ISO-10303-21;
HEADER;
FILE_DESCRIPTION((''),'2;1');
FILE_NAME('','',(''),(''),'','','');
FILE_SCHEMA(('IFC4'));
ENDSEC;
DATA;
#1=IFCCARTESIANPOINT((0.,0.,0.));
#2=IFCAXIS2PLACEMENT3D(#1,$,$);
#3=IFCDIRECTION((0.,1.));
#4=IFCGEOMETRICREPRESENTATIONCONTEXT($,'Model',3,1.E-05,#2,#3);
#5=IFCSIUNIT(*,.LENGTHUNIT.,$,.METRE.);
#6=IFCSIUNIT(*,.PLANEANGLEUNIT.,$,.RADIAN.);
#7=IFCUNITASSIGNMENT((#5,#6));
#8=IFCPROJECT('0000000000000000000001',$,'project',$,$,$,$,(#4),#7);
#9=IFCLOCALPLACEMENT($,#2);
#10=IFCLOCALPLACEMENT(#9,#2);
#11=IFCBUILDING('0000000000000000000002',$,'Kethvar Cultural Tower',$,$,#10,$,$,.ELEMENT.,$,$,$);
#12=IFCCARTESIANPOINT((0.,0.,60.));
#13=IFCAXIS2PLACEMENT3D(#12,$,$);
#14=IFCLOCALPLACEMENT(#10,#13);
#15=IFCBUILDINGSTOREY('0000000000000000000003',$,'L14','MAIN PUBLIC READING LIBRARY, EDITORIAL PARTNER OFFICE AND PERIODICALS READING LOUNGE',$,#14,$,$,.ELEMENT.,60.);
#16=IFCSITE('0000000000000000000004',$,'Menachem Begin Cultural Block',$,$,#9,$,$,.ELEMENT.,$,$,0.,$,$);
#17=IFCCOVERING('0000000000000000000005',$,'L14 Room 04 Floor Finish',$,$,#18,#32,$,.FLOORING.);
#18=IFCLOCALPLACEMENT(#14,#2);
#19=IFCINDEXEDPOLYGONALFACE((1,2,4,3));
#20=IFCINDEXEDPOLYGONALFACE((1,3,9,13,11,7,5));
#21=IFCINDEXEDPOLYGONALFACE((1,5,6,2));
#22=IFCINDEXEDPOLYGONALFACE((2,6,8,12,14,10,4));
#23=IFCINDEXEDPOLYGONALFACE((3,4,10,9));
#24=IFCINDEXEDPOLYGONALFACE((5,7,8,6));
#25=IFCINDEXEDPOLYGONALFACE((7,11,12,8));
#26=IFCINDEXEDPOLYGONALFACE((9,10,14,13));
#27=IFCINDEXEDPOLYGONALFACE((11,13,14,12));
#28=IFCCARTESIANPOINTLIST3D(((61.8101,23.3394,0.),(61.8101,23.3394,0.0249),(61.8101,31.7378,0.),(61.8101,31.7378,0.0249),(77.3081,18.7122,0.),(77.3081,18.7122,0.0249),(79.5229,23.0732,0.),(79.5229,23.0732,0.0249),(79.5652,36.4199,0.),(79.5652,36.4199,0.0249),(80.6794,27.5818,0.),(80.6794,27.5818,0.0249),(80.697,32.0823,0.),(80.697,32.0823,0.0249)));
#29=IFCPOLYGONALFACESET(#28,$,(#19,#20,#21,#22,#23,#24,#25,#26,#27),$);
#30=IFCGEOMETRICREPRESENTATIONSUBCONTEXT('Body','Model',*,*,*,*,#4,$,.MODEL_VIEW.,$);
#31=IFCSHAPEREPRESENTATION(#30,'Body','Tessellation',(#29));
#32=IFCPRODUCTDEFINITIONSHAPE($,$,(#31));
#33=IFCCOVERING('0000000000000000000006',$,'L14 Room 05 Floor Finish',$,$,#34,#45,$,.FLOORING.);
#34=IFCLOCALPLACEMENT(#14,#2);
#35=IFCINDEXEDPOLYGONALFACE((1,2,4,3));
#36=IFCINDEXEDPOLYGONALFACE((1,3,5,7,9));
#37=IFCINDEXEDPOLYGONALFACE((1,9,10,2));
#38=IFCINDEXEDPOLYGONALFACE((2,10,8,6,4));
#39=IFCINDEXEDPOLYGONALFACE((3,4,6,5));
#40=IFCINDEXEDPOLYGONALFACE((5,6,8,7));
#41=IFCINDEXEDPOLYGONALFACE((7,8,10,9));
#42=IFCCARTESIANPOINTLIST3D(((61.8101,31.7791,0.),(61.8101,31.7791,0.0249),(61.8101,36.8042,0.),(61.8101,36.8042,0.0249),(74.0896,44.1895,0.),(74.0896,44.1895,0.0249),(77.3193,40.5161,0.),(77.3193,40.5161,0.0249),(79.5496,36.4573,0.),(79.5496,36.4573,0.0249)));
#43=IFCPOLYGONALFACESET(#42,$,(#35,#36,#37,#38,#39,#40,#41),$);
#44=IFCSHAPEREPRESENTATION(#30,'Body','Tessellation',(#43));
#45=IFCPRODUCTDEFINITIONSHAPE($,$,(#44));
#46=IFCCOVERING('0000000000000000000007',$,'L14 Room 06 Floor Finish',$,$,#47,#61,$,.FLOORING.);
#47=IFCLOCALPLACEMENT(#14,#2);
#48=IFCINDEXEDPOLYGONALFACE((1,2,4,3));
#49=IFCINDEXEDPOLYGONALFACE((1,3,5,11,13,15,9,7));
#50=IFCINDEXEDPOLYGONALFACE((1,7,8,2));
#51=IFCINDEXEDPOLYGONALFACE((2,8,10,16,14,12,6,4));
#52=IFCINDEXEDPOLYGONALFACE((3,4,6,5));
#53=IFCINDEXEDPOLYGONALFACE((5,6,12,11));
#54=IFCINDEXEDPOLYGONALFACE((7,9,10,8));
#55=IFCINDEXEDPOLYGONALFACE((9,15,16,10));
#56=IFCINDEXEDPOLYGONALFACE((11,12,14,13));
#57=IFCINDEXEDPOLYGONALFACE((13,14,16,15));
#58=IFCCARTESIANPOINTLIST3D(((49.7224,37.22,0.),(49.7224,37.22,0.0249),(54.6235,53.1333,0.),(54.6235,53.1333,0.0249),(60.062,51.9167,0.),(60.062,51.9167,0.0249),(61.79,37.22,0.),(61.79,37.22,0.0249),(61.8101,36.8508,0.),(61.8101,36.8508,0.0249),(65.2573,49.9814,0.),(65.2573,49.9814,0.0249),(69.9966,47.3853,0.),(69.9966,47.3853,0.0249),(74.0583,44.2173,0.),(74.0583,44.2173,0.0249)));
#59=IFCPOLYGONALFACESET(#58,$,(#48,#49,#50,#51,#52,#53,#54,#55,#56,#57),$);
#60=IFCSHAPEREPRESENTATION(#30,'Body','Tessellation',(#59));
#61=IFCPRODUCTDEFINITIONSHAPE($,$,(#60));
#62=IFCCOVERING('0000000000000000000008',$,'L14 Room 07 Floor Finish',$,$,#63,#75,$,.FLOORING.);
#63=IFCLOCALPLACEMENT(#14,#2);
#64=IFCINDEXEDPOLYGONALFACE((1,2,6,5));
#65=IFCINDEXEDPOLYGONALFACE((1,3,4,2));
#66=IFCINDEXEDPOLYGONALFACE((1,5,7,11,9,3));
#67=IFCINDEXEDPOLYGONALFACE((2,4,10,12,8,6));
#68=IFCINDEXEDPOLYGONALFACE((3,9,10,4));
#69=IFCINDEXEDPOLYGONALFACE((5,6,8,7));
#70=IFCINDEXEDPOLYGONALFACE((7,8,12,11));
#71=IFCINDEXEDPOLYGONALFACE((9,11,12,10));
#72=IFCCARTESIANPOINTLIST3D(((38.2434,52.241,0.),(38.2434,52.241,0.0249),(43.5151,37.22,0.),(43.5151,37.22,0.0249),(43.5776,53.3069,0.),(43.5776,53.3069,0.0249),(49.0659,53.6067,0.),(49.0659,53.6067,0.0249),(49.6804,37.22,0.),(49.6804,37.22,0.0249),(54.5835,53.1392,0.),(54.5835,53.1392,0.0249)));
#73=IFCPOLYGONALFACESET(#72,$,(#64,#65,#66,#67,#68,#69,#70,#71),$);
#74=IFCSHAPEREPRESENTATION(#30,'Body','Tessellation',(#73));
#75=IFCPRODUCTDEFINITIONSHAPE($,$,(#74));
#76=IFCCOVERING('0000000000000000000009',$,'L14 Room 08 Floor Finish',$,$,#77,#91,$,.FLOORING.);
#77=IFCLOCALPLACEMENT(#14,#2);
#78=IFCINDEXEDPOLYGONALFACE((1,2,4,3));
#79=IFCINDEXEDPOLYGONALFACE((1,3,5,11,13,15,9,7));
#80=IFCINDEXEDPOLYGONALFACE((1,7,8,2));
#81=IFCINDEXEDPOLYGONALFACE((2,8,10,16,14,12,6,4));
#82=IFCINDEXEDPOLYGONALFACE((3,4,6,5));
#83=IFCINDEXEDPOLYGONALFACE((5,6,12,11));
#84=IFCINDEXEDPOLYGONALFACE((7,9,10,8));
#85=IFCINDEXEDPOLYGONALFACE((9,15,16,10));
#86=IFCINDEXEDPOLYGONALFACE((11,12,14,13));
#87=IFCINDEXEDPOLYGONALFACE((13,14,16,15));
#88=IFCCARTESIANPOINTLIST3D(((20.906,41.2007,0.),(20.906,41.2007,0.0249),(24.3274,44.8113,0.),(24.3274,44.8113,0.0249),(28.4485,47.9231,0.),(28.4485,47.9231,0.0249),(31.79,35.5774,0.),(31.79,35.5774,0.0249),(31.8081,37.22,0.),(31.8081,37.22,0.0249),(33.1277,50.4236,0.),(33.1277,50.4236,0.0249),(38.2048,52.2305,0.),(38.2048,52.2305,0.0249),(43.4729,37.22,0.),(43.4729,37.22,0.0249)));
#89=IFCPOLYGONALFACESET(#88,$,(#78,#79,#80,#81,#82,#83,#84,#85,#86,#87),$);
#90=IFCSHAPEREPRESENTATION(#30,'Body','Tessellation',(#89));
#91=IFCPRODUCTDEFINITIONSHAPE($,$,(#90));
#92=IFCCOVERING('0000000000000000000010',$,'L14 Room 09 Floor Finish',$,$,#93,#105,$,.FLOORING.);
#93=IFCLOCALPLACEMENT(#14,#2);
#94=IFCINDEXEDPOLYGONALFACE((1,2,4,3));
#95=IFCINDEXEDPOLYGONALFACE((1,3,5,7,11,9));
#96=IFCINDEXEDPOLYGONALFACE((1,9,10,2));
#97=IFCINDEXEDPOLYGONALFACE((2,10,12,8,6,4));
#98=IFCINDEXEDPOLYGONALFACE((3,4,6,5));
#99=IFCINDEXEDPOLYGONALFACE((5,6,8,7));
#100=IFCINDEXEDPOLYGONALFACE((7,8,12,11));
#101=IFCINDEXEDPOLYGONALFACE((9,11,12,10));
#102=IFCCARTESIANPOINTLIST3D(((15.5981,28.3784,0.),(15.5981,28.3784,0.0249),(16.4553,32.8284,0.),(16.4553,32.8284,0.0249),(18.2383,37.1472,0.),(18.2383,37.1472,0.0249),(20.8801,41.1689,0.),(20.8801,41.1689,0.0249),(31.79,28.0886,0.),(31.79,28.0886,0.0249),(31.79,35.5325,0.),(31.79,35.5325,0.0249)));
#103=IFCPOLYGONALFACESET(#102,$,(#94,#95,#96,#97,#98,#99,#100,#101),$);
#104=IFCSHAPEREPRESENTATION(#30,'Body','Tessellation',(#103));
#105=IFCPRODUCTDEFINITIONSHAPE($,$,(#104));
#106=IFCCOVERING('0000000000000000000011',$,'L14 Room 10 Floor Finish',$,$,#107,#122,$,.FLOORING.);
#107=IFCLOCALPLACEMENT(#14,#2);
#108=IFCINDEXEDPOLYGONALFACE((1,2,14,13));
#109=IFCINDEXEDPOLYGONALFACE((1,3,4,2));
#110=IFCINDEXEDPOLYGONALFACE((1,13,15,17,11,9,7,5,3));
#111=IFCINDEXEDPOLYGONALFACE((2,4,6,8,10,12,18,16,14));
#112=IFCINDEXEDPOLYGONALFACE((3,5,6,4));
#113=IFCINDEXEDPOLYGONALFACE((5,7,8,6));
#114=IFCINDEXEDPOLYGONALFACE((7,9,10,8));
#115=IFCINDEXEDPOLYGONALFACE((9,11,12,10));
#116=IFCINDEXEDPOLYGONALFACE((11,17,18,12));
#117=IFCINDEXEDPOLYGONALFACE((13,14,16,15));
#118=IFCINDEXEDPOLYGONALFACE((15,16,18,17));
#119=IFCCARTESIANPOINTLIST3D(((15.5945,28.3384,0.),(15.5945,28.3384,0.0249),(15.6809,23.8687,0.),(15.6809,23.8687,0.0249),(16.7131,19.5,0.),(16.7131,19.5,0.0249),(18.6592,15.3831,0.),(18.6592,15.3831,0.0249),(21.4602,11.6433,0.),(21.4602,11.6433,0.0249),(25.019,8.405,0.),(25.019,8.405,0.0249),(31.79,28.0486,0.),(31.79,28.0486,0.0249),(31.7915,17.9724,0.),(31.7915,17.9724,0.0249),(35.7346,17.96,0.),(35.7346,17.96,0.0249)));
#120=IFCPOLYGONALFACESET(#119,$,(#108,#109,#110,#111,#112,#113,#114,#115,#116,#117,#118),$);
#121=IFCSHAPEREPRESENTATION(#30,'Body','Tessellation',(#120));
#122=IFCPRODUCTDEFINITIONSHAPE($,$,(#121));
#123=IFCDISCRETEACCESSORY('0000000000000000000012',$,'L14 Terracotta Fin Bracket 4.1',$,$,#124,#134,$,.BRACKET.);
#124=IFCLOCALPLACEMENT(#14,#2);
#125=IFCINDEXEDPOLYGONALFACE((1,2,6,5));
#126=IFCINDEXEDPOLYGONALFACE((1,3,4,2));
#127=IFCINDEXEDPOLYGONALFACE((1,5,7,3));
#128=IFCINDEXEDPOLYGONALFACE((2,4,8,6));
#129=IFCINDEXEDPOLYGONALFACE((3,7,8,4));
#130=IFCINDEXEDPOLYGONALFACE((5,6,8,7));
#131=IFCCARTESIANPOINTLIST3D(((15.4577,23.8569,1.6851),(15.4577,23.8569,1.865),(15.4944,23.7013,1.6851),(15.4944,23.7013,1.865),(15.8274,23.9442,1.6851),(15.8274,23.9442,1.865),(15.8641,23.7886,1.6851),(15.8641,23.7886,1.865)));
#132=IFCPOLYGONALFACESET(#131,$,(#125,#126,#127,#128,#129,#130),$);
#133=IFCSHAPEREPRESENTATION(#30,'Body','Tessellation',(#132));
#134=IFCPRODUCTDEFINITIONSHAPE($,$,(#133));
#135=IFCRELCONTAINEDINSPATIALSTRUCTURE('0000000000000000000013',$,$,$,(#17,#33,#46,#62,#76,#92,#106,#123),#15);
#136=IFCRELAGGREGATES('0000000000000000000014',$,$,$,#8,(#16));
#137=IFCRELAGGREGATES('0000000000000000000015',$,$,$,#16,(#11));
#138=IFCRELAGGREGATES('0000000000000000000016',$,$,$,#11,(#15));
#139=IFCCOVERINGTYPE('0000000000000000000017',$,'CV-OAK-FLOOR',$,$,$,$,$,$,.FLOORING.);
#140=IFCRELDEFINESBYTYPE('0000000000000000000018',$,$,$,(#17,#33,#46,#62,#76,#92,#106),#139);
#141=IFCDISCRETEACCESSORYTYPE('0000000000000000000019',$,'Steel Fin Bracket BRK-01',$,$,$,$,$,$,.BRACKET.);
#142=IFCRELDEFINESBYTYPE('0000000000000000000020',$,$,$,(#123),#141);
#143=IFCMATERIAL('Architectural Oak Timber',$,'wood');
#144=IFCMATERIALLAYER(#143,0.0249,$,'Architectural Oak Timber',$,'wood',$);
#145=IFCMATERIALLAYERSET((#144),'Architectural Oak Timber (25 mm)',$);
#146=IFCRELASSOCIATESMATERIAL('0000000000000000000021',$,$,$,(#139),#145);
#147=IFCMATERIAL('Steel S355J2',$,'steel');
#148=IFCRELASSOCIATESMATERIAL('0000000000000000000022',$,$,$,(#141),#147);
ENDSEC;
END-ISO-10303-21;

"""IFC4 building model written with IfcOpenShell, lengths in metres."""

from ifc_helpers import new_model, si_unit, direction, frame, origin, origin_2d, place, context, subcontext, project, spatial, polyline, rectangle, outline, extrude, source, transform, mapped, material, layer, layer_set, type_object, element, save


model = new_model("IFC4")

# Units and contexts
model_context = context("Model", 3, precision=1e-05, world=origin(), true_north=direction((0.0, 1.0)))
body_context = subcontext(model_context, "Body", "Model", "MODEL_VIEW")
ifc_project = project(units=[si_unit("LENGTHUNIT", "METRE"), si_unit("PLANEANGLEUNIT", "RADIAN")], contexts=[model_context])

# Site, building, storey
site_placement = place(None, origin())
site = spatial("IfcSite", under=ifc_project, at=site_placement, Name="Menachem Begin Cultural Block", CompositionType="ELEMENT", RefElevation=0.0)
building_placement = place(site_placement, origin())
building = spatial("IfcBuilding", under=site, at=building_placement, Name="Kethvar Cultural Tower", CompositionType="ELEMENT")
storey_placement = place(building_placement, frame((0.0, 0.0, 60.0)))
storey = spatial("IfcBuildingStorey", under=building, at=storey_placement, Name="L14", Description="MAIN PUBLIC READING LIBRARY, EDITORIAL PARTNER OFFICE AND PERIODICALS READING LOUNGE", CompositionType="ELEMENT", Elevation=60.0)

# Coverings
ifc_material_1 = material(Name="Architectural Oak Timber", Category="wood")
ifc_layer_1 = layer(ifc_material_1, 0.0249, Name="Architectural Oak Timber", Category="wood")
ifc_layer_set_1 = layer_set([ifc_layer_1], Name="Architectural Oak Timber (25 mm)")
covering_type_1 = type_object("IfcCoveringType", Name="CV-OAK-FLOOR", PredefinedType="FLOORING", material=ifc_layer_set_1)
covering_1_placement = place(storey_placement, origin())
element("IfcCovering", 1, at=covering_1_placement, inside=storey, type_object=covering_type_1, Name="L14 Room 04 Floor Finish", PredefinedType="FLOORING", context=body_context, shape_type="SweptSolid", body=[
    extrude(outline(polyline([(79.5229, 23.0732), (77.3081, 18.7122), (61.8101, 23.3394), (61.8101, 31.7378), (79.5652, 36.4199), (80.697, 32.0823), (80.6794, 27.5818), (79.5229, 23.0732)])), origin(), (0.0, 0.0, 1.0), 0.0249),
])
covering_2_placement = place(storey_placement, origin())
element("IfcCovering", 2, at=covering_2_placement, inside=storey, type_object=covering_type_1, Name="L14 Room 05 Floor Finish", PredefinedType="FLOORING", context=body_context, shape_type="SweptSolid", body=[
    extrude(outline(polyline([(77.3193, 40.5161), (79.5496, 36.4573), (61.8101, 31.7791), (61.8101, 36.8042), (74.0896, 44.1895), (77.3193, 40.5161)])), origin(), (0.0, 0.0, 1.0), 0.0249),
])
covering_3_placement = place(storey_placement, origin())
element("IfcCovering", 3, at=covering_3_placement, inside=storey, type_object=covering_type_1, Name="L14 Room 06 Floor Finish", PredefinedType="FLOORING", context=body_context, shape_type="SweptSolid", body=[
    extrude(outline(polyline([(60.062, 51.9167), (65.2573, 49.9814), (69.9966, 47.3853), (74.0583, 44.2173), (61.8101, 36.8508), (61.79, 37.22), (49.7224, 37.22), (54.6235, 53.1333), (60.062, 51.9167)])), origin(), (0.0, 0.0, 1.0), 0.0249),
])
covering_4_placement = place(storey_placement, origin())
element("IfcCovering", 4, at=covering_4_placement, inside=storey, type_object=covering_type_1, Name="L14 Room 07 Floor Finish", PredefinedType="FLOORING", context=body_context, shape_type="SweptSolid", body=[
    extrude(outline(polyline([(43.5776, 53.3069), (49.0659, 53.6067), (54.5835, 53.1392), (49.6804, 37.22), (43.5151, 37.22), (38.2434, 52.241), (43.5776, 53.3069)])), origin(), (0.0, 0.0, 1.0), 0.0249),
])
covering_5_placement = place(storey_placement, origin())
element("IfcCovering", 5, at=covering_5_placement, inside=storey, type_object=covering_type_1, Name="L14 Room 08 Floor Finish", PredefinedType="FLOORING", context=body_context, shape_type="SweptSolid", body=[
    extrude(outline(polyline([(24.3274, 44.8113), (28.4485, 47.9231), (33.1277, 50.4236), (38.2048, 52.2305), (43.4729, 37.22), (31.8081, 37.22), (31.79, 35.5774), (20.906, 41.2007), (24.3274, 44.8113)])), origin(), (0.0, 0.0, 1.0), 0.0249),
])
covering_6_placement = place(storey_placement, origin())
element("IfcCovering", 6, at=covering_6_placement, inside=storey, type_object=covering_type_1, Name="L14 Room 09 Floor Finish", PredefinedType="FLOORING", context=body_context, shape_type="SweptSolid", body=[
    extrude(outline(polyline([(16.4553, 32.8284), (18.2383, 37.1472), (20.8801, 41.1689), (31.79, 35.5325), (31.79, 28.0886), (15.5981, 28.3784), (16.4553, 32.8284)])), origin(), (0.0, 0.0, 1.0), 0.0249),
])
covering_7_placement = place(storey_placement, origin())
element("IfcCovering", 7, at=covering_7_placement, inside=storey, type_object=covering_type_1, Name="L14 Room 10 Floor Finish", PredefinedType="FLOORING", context=body_context, shape_type="SweptSolid", body=[
    extrude(outline(polyline([(21.4602, 11.6433), (18.6592, 15.3831), (16.7131, 19.5), (15.6809, 23.8687), (15.5945, 28.3384), (31.79, 28.0486), (31.7915, 17.9724), (35.7346, 17.96), (25.019, 8.405), (21.4602, 11.6433)])), origin(), (0.0, 0.0, 1.0), 0.0249),
])

# Discrete accessory
ifc_material_2 = material(Name="Steel S355J2", Category="steel")
discrete_accessory_type = type_object("IfcDiscreteAccessoryType", Name="Steel Fin Bracket BRK-01", PredefinedType="BRACKET", material=ifc_material_2)
shared_shape = source(origin(), body_context, "Body", "SweptSolid", [
    extrude(rectangle(XDim=0.3799, YDim=0.1599, at=origin_2d()), origin(), (0.0, 0.0, 1.0), 0.1799),
])
discrete_accessory_placement = place(storey_placement, frame((15.6609, 23.8228, 1.6851), z_axis=(0.0, 0.0, 1.0), x_axis=(-0.973219, -0.22988, 0.0)))
element("IfcDiscreteAccessory", 8, at=discrete_accessory_placement, inside=storey, type_object=discrete_accessory_type, Name="L14 Terracotta Fin Bracket 4.1", PredefinedType="BRACKET", context=body_context, shape_type="MappedRepresentation", body=[
    mapped(shared_shape, transform((0.0, 0.0, 0.0), scale=1.0)),
])

save(model, "model.ifc")
